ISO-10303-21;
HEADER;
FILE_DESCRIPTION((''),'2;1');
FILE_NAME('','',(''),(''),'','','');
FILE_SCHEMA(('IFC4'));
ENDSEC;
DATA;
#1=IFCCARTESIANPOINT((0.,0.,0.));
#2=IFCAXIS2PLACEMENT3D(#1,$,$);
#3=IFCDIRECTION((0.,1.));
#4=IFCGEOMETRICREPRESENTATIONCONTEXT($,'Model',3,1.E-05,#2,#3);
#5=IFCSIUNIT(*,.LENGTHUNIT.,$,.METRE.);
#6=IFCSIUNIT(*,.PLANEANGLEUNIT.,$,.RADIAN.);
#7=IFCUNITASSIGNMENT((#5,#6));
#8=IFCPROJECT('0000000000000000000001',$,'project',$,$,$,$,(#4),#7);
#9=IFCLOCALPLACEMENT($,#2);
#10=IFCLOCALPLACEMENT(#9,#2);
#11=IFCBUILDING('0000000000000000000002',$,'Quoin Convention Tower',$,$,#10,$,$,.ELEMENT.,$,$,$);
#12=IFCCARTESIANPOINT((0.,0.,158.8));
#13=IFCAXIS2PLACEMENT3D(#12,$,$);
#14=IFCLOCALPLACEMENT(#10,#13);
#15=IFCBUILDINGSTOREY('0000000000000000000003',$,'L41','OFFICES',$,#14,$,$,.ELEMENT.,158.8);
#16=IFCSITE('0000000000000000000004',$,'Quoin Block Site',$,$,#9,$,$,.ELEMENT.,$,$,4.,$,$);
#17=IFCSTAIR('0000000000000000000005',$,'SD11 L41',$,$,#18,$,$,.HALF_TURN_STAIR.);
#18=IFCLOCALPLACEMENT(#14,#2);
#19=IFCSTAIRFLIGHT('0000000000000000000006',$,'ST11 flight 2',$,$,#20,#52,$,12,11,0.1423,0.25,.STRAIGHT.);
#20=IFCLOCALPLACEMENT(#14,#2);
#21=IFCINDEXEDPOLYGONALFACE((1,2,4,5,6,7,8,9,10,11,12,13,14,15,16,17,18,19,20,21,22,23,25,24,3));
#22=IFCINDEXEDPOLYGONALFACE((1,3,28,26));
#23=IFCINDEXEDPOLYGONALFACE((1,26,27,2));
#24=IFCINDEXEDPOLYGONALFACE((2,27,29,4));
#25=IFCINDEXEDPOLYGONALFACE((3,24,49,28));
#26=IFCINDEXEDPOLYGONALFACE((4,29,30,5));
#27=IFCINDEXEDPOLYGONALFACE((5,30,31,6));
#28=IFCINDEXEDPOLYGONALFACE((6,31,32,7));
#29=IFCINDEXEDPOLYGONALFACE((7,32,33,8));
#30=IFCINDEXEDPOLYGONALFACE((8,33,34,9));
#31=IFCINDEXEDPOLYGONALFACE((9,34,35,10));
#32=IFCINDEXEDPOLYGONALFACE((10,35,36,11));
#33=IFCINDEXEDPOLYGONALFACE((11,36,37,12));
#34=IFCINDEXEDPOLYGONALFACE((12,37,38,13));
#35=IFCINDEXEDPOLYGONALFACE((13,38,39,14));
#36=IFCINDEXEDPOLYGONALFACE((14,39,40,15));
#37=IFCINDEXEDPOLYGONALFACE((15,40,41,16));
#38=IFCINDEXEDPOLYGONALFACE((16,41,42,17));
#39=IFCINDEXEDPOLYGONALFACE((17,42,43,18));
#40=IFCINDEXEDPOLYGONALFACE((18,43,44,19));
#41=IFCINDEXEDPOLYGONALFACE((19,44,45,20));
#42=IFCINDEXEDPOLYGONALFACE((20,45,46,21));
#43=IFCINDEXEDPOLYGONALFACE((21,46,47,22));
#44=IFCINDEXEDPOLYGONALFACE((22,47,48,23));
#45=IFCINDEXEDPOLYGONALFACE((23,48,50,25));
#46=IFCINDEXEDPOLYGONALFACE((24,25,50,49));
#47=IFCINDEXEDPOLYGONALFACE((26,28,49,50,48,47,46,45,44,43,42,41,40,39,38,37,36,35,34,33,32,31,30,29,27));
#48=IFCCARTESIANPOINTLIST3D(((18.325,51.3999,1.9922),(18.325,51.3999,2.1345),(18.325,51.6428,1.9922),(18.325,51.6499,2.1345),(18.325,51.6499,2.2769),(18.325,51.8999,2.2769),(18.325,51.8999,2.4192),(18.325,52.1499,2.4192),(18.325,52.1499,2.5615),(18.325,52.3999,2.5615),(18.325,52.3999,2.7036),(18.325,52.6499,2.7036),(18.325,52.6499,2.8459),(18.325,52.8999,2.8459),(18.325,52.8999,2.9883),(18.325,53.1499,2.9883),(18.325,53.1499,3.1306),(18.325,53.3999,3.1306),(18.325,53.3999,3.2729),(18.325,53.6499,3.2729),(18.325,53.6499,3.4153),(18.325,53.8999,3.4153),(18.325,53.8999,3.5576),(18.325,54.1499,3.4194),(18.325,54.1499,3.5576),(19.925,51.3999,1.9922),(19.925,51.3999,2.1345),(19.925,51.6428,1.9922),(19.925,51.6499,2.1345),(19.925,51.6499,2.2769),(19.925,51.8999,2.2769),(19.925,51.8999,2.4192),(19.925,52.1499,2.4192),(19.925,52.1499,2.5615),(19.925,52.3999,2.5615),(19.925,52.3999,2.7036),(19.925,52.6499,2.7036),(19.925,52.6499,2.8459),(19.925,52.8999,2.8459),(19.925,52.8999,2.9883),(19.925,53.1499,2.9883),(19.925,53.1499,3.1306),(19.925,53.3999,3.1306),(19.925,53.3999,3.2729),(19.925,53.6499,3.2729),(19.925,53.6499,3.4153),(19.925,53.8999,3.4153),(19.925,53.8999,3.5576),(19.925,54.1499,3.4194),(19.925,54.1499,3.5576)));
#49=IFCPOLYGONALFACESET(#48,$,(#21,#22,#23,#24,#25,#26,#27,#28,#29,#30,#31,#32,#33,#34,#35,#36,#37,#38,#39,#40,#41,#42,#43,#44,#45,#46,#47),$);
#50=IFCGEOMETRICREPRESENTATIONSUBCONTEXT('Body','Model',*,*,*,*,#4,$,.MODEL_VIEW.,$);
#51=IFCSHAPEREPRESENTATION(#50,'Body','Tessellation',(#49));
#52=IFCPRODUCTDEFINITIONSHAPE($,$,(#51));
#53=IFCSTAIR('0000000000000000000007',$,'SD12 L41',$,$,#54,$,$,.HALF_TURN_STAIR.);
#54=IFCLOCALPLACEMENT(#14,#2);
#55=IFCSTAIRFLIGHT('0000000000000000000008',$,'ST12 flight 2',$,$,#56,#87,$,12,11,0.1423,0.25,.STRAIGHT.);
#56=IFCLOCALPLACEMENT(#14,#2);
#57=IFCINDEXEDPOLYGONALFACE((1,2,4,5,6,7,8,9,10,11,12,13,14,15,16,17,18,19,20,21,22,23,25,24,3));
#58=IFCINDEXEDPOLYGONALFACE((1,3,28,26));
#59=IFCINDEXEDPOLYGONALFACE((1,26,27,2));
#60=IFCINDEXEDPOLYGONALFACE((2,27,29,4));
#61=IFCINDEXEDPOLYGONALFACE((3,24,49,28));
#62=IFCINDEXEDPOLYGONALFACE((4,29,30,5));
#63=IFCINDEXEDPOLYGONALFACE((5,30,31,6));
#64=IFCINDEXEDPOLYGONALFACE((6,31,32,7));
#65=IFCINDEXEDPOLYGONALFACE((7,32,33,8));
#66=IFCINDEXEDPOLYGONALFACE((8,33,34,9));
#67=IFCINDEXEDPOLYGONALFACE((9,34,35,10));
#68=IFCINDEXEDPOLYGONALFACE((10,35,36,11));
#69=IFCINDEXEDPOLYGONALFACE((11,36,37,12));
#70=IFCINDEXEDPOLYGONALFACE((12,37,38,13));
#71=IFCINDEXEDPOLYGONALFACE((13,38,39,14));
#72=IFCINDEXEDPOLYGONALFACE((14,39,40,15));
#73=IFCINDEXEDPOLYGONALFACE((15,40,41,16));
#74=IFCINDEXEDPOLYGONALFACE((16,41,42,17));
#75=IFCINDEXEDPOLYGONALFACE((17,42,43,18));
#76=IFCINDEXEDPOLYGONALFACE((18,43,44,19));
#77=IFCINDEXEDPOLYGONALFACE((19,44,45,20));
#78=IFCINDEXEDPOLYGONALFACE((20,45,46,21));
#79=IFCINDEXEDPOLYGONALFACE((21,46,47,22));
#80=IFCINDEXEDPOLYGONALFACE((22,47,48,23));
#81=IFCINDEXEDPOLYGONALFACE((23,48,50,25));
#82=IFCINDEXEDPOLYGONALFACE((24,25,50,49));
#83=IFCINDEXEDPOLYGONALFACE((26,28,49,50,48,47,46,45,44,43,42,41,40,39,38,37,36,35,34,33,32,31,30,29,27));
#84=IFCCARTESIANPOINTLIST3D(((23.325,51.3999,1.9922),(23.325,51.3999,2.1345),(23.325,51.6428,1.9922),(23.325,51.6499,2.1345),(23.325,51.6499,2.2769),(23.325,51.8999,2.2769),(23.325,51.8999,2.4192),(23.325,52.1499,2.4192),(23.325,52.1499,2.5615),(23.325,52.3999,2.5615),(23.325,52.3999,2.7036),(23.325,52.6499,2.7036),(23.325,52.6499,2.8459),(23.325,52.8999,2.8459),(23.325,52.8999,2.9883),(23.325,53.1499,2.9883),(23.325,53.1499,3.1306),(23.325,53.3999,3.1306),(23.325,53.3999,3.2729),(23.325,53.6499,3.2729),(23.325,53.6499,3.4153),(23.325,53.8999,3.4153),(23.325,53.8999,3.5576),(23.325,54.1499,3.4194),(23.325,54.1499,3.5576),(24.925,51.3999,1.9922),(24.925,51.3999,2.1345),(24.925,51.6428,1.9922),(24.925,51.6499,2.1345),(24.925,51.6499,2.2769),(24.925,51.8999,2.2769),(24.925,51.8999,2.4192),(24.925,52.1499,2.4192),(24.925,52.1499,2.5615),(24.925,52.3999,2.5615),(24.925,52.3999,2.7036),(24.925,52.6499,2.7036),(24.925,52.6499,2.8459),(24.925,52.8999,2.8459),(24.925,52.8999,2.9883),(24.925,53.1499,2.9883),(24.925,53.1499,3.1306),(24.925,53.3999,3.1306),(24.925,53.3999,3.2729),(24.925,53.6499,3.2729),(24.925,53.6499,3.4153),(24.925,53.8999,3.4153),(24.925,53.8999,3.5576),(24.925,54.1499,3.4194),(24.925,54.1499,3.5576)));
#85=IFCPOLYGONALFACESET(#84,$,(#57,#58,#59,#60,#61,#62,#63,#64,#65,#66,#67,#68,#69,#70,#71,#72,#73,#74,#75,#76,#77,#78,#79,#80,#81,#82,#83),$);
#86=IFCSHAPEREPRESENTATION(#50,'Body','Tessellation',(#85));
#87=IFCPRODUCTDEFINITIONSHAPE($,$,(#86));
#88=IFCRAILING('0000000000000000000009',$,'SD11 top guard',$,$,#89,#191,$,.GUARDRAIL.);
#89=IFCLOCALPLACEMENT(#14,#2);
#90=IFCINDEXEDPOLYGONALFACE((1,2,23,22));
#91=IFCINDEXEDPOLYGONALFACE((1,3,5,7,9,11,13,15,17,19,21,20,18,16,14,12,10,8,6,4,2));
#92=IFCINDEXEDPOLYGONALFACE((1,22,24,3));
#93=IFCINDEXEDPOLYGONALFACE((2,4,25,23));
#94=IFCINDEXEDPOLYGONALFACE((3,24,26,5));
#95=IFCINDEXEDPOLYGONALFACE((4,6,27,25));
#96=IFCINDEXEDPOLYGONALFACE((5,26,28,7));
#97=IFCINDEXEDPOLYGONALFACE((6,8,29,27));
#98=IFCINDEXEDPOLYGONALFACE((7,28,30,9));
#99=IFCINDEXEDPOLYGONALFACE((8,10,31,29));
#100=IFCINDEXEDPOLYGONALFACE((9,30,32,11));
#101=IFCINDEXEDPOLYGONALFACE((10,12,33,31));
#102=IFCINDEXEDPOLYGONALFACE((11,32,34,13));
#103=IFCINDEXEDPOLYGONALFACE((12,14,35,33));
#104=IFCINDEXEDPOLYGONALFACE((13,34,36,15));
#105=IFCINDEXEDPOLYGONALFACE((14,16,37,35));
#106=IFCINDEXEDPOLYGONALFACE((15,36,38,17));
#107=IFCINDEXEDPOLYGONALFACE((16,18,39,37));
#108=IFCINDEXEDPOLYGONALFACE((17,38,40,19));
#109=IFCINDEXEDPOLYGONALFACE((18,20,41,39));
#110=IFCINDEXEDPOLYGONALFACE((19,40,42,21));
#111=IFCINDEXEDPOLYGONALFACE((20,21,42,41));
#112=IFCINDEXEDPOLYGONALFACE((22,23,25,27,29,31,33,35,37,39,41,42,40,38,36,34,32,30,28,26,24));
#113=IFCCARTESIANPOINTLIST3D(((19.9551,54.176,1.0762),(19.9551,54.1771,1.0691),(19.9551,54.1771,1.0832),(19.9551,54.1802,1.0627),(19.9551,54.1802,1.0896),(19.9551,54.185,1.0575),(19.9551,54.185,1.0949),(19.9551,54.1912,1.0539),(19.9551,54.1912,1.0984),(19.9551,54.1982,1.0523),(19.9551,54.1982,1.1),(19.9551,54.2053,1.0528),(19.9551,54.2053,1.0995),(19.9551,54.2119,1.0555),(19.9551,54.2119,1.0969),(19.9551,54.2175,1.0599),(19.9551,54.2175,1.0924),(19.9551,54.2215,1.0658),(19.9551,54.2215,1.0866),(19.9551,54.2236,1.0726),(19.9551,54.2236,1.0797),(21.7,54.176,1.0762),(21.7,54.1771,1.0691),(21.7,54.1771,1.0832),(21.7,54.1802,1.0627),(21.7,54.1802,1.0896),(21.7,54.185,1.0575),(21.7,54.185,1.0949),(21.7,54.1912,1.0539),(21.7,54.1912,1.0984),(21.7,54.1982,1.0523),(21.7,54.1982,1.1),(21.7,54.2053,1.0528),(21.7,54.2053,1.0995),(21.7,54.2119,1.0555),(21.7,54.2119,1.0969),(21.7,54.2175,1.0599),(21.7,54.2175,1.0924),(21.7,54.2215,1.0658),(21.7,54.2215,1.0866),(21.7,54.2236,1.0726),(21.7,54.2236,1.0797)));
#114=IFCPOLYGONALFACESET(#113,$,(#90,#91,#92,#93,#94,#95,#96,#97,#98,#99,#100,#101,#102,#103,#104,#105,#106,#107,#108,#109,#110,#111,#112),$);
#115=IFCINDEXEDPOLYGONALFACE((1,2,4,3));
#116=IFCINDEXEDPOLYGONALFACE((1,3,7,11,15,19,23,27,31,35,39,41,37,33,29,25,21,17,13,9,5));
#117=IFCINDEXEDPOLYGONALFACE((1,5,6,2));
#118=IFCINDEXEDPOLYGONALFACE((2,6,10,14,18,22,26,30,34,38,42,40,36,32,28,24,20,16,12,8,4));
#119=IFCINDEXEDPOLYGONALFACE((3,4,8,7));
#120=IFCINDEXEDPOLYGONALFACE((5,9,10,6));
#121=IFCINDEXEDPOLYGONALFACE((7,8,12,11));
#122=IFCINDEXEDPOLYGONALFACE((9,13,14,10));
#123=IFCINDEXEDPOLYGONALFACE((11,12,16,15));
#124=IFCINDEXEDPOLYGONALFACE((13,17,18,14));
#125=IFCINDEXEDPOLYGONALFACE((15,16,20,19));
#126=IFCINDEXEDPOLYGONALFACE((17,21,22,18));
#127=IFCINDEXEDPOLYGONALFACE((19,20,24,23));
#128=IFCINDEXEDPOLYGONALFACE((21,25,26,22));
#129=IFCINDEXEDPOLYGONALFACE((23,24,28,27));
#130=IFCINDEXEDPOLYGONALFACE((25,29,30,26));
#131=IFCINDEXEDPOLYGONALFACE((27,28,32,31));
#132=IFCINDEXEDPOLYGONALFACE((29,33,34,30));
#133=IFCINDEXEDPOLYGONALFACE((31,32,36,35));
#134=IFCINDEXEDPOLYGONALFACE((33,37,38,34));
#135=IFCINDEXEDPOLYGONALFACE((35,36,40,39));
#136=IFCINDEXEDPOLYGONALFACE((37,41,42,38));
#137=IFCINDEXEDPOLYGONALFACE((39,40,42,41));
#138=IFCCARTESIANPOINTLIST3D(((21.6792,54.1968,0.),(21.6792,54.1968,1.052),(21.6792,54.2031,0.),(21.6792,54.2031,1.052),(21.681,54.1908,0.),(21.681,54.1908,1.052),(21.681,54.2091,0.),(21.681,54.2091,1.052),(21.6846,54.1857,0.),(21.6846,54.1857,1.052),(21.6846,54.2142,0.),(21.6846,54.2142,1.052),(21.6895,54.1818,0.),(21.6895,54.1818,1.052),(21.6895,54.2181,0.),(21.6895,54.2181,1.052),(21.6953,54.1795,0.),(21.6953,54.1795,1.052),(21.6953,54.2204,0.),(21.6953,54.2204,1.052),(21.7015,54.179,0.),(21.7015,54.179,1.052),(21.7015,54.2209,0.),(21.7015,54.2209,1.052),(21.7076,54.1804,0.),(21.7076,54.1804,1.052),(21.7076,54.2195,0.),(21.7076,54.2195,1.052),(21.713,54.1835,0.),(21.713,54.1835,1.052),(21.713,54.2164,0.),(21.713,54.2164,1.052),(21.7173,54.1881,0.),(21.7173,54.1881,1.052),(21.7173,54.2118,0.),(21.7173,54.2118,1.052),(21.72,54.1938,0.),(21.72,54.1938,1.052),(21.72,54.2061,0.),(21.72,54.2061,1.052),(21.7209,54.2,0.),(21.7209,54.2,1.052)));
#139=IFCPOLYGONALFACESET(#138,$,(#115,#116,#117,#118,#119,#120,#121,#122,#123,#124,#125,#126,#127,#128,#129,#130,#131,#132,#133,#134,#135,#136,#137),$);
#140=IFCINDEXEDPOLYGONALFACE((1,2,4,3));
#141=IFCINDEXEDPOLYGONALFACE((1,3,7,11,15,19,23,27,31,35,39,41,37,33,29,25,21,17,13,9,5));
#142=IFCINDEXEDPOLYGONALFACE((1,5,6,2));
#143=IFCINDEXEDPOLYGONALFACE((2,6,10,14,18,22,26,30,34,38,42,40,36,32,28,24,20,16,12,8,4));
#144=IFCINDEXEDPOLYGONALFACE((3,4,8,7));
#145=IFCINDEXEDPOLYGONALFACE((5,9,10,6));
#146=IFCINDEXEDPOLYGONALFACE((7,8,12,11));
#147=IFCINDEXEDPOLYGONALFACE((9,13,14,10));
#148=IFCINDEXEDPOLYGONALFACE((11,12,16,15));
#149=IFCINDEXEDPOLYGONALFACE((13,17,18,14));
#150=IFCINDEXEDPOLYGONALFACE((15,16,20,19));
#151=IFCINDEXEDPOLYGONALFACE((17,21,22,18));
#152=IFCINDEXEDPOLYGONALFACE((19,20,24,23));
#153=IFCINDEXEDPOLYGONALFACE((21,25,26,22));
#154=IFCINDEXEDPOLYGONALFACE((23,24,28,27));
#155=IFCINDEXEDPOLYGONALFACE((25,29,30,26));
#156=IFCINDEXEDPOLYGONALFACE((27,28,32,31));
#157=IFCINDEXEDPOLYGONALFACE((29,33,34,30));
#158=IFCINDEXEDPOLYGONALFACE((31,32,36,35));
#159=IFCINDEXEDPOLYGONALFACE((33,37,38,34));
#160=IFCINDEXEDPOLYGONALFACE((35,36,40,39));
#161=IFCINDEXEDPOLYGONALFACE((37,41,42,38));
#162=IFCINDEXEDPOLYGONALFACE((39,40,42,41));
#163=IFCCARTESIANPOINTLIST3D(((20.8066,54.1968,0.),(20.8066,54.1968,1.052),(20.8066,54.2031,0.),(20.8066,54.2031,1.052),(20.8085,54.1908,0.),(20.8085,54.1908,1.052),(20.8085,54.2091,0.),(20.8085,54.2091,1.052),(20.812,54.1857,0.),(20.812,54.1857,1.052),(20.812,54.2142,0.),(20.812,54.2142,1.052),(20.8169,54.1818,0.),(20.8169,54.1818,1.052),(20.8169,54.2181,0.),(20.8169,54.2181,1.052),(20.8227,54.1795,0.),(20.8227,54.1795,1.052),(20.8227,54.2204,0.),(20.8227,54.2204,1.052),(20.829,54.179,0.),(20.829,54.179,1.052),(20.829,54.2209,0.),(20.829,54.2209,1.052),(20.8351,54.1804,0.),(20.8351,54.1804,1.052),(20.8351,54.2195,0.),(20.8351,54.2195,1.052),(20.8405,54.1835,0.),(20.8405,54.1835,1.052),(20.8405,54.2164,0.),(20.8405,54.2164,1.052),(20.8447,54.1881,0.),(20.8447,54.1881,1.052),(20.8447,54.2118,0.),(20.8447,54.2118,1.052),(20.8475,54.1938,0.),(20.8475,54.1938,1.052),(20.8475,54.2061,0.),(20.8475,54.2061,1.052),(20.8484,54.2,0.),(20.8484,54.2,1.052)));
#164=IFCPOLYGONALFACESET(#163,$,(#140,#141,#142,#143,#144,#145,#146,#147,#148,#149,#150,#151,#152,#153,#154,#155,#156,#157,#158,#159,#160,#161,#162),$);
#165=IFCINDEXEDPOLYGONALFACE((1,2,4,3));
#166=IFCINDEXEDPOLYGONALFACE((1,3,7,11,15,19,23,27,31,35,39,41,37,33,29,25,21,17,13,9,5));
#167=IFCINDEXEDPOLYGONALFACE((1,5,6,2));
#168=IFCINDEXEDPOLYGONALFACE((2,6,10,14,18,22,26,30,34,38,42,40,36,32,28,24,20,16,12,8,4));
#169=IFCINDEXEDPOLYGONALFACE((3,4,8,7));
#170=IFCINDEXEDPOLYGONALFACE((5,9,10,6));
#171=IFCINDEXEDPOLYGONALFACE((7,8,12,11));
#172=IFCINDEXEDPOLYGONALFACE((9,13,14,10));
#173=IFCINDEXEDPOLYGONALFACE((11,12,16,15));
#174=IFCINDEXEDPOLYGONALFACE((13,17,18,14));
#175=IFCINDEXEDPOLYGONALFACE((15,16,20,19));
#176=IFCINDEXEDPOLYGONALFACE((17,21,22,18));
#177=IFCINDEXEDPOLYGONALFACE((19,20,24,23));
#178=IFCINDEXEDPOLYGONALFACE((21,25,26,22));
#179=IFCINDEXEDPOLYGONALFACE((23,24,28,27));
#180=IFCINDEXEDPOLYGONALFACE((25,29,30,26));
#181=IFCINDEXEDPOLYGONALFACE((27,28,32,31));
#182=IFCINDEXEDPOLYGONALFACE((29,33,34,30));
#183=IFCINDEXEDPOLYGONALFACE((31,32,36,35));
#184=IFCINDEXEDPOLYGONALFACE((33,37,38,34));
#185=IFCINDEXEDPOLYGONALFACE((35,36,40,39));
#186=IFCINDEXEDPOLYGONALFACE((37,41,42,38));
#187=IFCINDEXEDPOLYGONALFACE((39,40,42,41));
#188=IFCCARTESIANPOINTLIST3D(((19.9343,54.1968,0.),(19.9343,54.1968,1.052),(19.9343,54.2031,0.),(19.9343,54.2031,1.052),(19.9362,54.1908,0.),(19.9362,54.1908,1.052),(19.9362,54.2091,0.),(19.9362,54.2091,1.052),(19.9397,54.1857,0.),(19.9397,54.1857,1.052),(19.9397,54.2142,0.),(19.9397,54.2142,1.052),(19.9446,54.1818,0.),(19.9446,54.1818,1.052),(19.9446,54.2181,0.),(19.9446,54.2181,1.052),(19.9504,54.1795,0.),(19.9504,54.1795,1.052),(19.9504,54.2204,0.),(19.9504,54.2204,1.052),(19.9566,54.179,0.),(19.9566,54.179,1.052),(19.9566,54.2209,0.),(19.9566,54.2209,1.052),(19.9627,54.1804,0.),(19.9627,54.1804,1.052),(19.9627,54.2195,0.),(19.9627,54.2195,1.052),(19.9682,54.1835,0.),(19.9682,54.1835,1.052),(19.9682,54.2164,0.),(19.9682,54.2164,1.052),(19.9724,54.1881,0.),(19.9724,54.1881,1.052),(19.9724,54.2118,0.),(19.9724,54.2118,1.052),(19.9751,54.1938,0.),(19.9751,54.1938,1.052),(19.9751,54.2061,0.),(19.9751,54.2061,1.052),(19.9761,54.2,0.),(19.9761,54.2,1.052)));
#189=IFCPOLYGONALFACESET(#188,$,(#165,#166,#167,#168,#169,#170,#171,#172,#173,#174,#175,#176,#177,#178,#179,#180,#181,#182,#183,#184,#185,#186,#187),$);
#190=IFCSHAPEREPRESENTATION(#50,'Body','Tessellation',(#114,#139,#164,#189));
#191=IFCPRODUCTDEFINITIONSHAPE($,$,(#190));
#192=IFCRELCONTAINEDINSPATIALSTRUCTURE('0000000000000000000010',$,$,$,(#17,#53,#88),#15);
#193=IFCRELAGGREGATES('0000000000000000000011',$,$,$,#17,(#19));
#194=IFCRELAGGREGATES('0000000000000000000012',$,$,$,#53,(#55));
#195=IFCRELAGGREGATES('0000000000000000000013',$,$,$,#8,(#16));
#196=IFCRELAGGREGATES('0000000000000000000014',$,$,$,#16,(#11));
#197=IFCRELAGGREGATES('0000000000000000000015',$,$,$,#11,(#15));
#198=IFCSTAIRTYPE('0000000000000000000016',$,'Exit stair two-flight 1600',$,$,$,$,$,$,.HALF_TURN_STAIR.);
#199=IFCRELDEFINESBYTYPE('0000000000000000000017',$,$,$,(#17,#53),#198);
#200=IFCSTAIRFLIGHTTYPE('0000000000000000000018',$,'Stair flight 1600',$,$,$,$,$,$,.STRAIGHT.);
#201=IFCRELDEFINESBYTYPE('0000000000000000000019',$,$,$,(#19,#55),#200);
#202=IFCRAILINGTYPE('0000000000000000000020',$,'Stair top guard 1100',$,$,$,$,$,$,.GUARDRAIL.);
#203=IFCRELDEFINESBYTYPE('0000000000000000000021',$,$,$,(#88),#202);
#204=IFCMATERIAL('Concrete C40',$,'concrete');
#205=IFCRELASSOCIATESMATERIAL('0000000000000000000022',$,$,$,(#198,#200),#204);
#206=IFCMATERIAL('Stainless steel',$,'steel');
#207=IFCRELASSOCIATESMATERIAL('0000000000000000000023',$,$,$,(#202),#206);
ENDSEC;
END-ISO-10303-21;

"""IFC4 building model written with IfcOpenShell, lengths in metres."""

from ifc_helpers import new_model, si_unit, direction, frame, origin, origin_2d, place, context, subcontext, project, spatial, polyline, circle, outline, extrude, material, type_object, element, aggregate, save


model = new_model("IFC4")

# Units and contexts
model_context = context("Model", 3, precision=1e-05, world=origin(), true_north=direction((0.0, 1.0)))
body_context = subcontext(model_context, "Body", "Model", "MODEL_VIEW")
ifc_project = project(units=[si_unit("LENGTHUNIT", "METRE"), si_unit("PLANEANGLEUNIT", "RADIAN")], contexts=[model_context])

# Site, building, storey
site_placement = place(None, origin())
site = spatial("IfcSite", under=ifc_project, at=site_placement, Name="Quoin Block Site", CompositionType="ELEMENT", RefElevation=4.0)
building_placement = place(site_placement, origin())
building = spatial("IfcBuilding", under=site, at=building_placement, Name="Quoin Convention Tower", CompositionType="ELEMENT")
storey_placement = place(building_placement, frame((0.0, 0.0, 158.8)))
storey = spatial("IfcBuildingStorey", under=building, at=storey_placement, Name="L41", Description="OFFICES", CompositionType="ELEMENT", Elevation=158.8)

# Stair, stair flight
ifc_material_1 = material(Name="Concrete C40", Category="concrete")
stair_type = type_object("IfcStairType", Name="Exit stair two-flight 1600", PredefinedType="HALF_TURN_STAIR", material=ifc_material_1)
stair_1_placement = place(storey_placement, origin())
stair_1 = element("IfcStair", 1, at=stair_1_placement, inside=storey, type_object=stair_type, Name="SD11 L41", PredefinedType="HALF_TURN_STAIR")
stair_flight_type = type_object("IfcStairFlightType", Name="Stair flight 1600", PredefinedType="STRAIGHT", material=ifc_material_1)
stair_flight_1_placement = place(storey_placement, frame((19.125, 51.3999, 1.9922), z_axis=(0.0, 0.0, 1.0), x_axis=(0.0, 1.0, 0.0)))
stair_flight_1 = element("IfcStairFlight", 2, at=stair_flight_1_placement, type_object=stair_flight_type, Name="ST11 flight 2", NumberOfRisers=12, NumberOfTreads=11, PredefinedType="STRAIGHT", RiserHeight=0.1423, TreadLength=0.25, context=body_context, shape_type="SweptSolid", body=[
    extrude(outline(polyline([(0.0, 0.0), (0.0, 0.1423), (0.25, 0.1423), (0.25, 0.2847), (0.5, 0.2847), (0.5, 0.427), (0.75, 0.427), (0.75, 0.5693), (1.0, 0.5693), (1.0, 0.7114), (1.25, 0.7114), (1.25, 0.8538), (1.5, 0.8538), (1.5, 0.9961), (1.75, 0.9961), (1.75, 1.1384), (2.0, 1.1384), (2.0, 1.2808), (2.25, 1.2808), (2.25, 1.4231), (2.5, 1.4231), (2.5, 1.5654), (2.75, 1.5654), (2.75, 1.7078), (2.75, 1.4272), (0.2429, 0.0), (0.0, 0.0)])), frame((0.0, 0.8, 0.0), z_axis=(0.0, -1.0, 0.0), x_axis=(1.0, 0.0, 0.0)), (0.0, 0.0, 1.0), 1.6001),
])
aggregate(stair_1, [stair_flight_1])

# Stair, stair flight
stair_2_placement = place(storey_placement, origin())
stair_2 = element("IfcStair", 3, at=stair_2_placement, inside=storey, type_object=stair_type, Name="SD12 L41", PredefinedType="HALF_TURN_STAIR")
stair_flight_2_placement = place(storey_placement, frame((24.125, 51.3999, 1.9922), z_axis=(0.0, 0.0, 1.0), x_axis=(0.0, 1.0, 0.0)))
stair_flight_2 = element("IfcStairFlight", 4, at=stair_flight_2_placement, type_object=stair_flight_type, Name="ST12 flight 2", NumberOfRisers=12, NumberOfTreads=11, PredefinedType="STRAIGHT", RiserHeight=0.1423, TreadLength=0.25, context=body_context, shape_type="SweptSolid", body=[
    extrude(outline(polyline([(0.0, 0.0), (0.0, 0.1423), (0.25, 0.1423), (0.25, 0.2847), (0.5, 0.2847), (0.5, 0.427), (0.75, 0.427), (0.75, 0.5693), (1.0, 0.5693), (1.0, 0.7114), (1.25, 0.7114), (1.25, 0.8538), (1.5, 0.8538), (1.5, 0.9961), (1.75, 0.9961), (1.75, 1.1384), (2.0, 1.1384), (2.0, 1.2808), (2.25, 1.2808), (2.25, 1.4231), (2.5, 1.4231), (2.5, 1.5654), (2.75, 1.5654), (2.75, 1.7078), (2.75, 1.4272), (0.2429, 0.0), (0.0, 0.0)])), frame((0.0, 0.8, 0.0), z_axis=(0.0, -1.0, 0.0), x_axis=(1.0, 0.0, 0.0)), (0.0, 0.0, 1.0), 1.6001),
])
aggregate(stair_2, [stair_flight_2])

# Railing
ifc_material_2 = material(Name="Stainless steel", Category="steel")
railing_type_1 = type_object("IfcRailingType", Name="Stair top guard 1100", PredefinedType="GUARDRAIL", material=ifc_material_2)
railing_1_placement = place(storey_placement, frame((21.7, 54.2, 0.0)))
element("IfcRailing", 5, at=railing_1_placement, inside=storey, type_object=railing_type_1, Name="SD11 top guard", PredefinedType="GUARDRAIL", context=body_context, shape_type="SweptSolid", body=[
    extrude(circle(Radius=0.0239, at=origin_2d()), frame((0.0, 0.0, 1.0762), z_axis=(-1.0, 0.0, 0.0), x_axis=(0.0, -1.0, 0.0)), (0.0, 0.0, 1.0), 1.7449),
    extrude(circle(Radius=0.021, at=origin_2d()), origin(), (0.0, 0.0, 1.0), 1.052),
    extrude(circle(Radius=0.021, at=origin_2d()), frame((-0.8726, 0.0, 0.0)), (0.0, 0.0, 1.0), 1.052),
    extrude(circle(Radius=0.021, at=origin_2d()), frame((-1.7449, 0.0, 0.0)), (0.0, 0.0, 1.0), 1.052),
])

save(model, "model.ifc")
